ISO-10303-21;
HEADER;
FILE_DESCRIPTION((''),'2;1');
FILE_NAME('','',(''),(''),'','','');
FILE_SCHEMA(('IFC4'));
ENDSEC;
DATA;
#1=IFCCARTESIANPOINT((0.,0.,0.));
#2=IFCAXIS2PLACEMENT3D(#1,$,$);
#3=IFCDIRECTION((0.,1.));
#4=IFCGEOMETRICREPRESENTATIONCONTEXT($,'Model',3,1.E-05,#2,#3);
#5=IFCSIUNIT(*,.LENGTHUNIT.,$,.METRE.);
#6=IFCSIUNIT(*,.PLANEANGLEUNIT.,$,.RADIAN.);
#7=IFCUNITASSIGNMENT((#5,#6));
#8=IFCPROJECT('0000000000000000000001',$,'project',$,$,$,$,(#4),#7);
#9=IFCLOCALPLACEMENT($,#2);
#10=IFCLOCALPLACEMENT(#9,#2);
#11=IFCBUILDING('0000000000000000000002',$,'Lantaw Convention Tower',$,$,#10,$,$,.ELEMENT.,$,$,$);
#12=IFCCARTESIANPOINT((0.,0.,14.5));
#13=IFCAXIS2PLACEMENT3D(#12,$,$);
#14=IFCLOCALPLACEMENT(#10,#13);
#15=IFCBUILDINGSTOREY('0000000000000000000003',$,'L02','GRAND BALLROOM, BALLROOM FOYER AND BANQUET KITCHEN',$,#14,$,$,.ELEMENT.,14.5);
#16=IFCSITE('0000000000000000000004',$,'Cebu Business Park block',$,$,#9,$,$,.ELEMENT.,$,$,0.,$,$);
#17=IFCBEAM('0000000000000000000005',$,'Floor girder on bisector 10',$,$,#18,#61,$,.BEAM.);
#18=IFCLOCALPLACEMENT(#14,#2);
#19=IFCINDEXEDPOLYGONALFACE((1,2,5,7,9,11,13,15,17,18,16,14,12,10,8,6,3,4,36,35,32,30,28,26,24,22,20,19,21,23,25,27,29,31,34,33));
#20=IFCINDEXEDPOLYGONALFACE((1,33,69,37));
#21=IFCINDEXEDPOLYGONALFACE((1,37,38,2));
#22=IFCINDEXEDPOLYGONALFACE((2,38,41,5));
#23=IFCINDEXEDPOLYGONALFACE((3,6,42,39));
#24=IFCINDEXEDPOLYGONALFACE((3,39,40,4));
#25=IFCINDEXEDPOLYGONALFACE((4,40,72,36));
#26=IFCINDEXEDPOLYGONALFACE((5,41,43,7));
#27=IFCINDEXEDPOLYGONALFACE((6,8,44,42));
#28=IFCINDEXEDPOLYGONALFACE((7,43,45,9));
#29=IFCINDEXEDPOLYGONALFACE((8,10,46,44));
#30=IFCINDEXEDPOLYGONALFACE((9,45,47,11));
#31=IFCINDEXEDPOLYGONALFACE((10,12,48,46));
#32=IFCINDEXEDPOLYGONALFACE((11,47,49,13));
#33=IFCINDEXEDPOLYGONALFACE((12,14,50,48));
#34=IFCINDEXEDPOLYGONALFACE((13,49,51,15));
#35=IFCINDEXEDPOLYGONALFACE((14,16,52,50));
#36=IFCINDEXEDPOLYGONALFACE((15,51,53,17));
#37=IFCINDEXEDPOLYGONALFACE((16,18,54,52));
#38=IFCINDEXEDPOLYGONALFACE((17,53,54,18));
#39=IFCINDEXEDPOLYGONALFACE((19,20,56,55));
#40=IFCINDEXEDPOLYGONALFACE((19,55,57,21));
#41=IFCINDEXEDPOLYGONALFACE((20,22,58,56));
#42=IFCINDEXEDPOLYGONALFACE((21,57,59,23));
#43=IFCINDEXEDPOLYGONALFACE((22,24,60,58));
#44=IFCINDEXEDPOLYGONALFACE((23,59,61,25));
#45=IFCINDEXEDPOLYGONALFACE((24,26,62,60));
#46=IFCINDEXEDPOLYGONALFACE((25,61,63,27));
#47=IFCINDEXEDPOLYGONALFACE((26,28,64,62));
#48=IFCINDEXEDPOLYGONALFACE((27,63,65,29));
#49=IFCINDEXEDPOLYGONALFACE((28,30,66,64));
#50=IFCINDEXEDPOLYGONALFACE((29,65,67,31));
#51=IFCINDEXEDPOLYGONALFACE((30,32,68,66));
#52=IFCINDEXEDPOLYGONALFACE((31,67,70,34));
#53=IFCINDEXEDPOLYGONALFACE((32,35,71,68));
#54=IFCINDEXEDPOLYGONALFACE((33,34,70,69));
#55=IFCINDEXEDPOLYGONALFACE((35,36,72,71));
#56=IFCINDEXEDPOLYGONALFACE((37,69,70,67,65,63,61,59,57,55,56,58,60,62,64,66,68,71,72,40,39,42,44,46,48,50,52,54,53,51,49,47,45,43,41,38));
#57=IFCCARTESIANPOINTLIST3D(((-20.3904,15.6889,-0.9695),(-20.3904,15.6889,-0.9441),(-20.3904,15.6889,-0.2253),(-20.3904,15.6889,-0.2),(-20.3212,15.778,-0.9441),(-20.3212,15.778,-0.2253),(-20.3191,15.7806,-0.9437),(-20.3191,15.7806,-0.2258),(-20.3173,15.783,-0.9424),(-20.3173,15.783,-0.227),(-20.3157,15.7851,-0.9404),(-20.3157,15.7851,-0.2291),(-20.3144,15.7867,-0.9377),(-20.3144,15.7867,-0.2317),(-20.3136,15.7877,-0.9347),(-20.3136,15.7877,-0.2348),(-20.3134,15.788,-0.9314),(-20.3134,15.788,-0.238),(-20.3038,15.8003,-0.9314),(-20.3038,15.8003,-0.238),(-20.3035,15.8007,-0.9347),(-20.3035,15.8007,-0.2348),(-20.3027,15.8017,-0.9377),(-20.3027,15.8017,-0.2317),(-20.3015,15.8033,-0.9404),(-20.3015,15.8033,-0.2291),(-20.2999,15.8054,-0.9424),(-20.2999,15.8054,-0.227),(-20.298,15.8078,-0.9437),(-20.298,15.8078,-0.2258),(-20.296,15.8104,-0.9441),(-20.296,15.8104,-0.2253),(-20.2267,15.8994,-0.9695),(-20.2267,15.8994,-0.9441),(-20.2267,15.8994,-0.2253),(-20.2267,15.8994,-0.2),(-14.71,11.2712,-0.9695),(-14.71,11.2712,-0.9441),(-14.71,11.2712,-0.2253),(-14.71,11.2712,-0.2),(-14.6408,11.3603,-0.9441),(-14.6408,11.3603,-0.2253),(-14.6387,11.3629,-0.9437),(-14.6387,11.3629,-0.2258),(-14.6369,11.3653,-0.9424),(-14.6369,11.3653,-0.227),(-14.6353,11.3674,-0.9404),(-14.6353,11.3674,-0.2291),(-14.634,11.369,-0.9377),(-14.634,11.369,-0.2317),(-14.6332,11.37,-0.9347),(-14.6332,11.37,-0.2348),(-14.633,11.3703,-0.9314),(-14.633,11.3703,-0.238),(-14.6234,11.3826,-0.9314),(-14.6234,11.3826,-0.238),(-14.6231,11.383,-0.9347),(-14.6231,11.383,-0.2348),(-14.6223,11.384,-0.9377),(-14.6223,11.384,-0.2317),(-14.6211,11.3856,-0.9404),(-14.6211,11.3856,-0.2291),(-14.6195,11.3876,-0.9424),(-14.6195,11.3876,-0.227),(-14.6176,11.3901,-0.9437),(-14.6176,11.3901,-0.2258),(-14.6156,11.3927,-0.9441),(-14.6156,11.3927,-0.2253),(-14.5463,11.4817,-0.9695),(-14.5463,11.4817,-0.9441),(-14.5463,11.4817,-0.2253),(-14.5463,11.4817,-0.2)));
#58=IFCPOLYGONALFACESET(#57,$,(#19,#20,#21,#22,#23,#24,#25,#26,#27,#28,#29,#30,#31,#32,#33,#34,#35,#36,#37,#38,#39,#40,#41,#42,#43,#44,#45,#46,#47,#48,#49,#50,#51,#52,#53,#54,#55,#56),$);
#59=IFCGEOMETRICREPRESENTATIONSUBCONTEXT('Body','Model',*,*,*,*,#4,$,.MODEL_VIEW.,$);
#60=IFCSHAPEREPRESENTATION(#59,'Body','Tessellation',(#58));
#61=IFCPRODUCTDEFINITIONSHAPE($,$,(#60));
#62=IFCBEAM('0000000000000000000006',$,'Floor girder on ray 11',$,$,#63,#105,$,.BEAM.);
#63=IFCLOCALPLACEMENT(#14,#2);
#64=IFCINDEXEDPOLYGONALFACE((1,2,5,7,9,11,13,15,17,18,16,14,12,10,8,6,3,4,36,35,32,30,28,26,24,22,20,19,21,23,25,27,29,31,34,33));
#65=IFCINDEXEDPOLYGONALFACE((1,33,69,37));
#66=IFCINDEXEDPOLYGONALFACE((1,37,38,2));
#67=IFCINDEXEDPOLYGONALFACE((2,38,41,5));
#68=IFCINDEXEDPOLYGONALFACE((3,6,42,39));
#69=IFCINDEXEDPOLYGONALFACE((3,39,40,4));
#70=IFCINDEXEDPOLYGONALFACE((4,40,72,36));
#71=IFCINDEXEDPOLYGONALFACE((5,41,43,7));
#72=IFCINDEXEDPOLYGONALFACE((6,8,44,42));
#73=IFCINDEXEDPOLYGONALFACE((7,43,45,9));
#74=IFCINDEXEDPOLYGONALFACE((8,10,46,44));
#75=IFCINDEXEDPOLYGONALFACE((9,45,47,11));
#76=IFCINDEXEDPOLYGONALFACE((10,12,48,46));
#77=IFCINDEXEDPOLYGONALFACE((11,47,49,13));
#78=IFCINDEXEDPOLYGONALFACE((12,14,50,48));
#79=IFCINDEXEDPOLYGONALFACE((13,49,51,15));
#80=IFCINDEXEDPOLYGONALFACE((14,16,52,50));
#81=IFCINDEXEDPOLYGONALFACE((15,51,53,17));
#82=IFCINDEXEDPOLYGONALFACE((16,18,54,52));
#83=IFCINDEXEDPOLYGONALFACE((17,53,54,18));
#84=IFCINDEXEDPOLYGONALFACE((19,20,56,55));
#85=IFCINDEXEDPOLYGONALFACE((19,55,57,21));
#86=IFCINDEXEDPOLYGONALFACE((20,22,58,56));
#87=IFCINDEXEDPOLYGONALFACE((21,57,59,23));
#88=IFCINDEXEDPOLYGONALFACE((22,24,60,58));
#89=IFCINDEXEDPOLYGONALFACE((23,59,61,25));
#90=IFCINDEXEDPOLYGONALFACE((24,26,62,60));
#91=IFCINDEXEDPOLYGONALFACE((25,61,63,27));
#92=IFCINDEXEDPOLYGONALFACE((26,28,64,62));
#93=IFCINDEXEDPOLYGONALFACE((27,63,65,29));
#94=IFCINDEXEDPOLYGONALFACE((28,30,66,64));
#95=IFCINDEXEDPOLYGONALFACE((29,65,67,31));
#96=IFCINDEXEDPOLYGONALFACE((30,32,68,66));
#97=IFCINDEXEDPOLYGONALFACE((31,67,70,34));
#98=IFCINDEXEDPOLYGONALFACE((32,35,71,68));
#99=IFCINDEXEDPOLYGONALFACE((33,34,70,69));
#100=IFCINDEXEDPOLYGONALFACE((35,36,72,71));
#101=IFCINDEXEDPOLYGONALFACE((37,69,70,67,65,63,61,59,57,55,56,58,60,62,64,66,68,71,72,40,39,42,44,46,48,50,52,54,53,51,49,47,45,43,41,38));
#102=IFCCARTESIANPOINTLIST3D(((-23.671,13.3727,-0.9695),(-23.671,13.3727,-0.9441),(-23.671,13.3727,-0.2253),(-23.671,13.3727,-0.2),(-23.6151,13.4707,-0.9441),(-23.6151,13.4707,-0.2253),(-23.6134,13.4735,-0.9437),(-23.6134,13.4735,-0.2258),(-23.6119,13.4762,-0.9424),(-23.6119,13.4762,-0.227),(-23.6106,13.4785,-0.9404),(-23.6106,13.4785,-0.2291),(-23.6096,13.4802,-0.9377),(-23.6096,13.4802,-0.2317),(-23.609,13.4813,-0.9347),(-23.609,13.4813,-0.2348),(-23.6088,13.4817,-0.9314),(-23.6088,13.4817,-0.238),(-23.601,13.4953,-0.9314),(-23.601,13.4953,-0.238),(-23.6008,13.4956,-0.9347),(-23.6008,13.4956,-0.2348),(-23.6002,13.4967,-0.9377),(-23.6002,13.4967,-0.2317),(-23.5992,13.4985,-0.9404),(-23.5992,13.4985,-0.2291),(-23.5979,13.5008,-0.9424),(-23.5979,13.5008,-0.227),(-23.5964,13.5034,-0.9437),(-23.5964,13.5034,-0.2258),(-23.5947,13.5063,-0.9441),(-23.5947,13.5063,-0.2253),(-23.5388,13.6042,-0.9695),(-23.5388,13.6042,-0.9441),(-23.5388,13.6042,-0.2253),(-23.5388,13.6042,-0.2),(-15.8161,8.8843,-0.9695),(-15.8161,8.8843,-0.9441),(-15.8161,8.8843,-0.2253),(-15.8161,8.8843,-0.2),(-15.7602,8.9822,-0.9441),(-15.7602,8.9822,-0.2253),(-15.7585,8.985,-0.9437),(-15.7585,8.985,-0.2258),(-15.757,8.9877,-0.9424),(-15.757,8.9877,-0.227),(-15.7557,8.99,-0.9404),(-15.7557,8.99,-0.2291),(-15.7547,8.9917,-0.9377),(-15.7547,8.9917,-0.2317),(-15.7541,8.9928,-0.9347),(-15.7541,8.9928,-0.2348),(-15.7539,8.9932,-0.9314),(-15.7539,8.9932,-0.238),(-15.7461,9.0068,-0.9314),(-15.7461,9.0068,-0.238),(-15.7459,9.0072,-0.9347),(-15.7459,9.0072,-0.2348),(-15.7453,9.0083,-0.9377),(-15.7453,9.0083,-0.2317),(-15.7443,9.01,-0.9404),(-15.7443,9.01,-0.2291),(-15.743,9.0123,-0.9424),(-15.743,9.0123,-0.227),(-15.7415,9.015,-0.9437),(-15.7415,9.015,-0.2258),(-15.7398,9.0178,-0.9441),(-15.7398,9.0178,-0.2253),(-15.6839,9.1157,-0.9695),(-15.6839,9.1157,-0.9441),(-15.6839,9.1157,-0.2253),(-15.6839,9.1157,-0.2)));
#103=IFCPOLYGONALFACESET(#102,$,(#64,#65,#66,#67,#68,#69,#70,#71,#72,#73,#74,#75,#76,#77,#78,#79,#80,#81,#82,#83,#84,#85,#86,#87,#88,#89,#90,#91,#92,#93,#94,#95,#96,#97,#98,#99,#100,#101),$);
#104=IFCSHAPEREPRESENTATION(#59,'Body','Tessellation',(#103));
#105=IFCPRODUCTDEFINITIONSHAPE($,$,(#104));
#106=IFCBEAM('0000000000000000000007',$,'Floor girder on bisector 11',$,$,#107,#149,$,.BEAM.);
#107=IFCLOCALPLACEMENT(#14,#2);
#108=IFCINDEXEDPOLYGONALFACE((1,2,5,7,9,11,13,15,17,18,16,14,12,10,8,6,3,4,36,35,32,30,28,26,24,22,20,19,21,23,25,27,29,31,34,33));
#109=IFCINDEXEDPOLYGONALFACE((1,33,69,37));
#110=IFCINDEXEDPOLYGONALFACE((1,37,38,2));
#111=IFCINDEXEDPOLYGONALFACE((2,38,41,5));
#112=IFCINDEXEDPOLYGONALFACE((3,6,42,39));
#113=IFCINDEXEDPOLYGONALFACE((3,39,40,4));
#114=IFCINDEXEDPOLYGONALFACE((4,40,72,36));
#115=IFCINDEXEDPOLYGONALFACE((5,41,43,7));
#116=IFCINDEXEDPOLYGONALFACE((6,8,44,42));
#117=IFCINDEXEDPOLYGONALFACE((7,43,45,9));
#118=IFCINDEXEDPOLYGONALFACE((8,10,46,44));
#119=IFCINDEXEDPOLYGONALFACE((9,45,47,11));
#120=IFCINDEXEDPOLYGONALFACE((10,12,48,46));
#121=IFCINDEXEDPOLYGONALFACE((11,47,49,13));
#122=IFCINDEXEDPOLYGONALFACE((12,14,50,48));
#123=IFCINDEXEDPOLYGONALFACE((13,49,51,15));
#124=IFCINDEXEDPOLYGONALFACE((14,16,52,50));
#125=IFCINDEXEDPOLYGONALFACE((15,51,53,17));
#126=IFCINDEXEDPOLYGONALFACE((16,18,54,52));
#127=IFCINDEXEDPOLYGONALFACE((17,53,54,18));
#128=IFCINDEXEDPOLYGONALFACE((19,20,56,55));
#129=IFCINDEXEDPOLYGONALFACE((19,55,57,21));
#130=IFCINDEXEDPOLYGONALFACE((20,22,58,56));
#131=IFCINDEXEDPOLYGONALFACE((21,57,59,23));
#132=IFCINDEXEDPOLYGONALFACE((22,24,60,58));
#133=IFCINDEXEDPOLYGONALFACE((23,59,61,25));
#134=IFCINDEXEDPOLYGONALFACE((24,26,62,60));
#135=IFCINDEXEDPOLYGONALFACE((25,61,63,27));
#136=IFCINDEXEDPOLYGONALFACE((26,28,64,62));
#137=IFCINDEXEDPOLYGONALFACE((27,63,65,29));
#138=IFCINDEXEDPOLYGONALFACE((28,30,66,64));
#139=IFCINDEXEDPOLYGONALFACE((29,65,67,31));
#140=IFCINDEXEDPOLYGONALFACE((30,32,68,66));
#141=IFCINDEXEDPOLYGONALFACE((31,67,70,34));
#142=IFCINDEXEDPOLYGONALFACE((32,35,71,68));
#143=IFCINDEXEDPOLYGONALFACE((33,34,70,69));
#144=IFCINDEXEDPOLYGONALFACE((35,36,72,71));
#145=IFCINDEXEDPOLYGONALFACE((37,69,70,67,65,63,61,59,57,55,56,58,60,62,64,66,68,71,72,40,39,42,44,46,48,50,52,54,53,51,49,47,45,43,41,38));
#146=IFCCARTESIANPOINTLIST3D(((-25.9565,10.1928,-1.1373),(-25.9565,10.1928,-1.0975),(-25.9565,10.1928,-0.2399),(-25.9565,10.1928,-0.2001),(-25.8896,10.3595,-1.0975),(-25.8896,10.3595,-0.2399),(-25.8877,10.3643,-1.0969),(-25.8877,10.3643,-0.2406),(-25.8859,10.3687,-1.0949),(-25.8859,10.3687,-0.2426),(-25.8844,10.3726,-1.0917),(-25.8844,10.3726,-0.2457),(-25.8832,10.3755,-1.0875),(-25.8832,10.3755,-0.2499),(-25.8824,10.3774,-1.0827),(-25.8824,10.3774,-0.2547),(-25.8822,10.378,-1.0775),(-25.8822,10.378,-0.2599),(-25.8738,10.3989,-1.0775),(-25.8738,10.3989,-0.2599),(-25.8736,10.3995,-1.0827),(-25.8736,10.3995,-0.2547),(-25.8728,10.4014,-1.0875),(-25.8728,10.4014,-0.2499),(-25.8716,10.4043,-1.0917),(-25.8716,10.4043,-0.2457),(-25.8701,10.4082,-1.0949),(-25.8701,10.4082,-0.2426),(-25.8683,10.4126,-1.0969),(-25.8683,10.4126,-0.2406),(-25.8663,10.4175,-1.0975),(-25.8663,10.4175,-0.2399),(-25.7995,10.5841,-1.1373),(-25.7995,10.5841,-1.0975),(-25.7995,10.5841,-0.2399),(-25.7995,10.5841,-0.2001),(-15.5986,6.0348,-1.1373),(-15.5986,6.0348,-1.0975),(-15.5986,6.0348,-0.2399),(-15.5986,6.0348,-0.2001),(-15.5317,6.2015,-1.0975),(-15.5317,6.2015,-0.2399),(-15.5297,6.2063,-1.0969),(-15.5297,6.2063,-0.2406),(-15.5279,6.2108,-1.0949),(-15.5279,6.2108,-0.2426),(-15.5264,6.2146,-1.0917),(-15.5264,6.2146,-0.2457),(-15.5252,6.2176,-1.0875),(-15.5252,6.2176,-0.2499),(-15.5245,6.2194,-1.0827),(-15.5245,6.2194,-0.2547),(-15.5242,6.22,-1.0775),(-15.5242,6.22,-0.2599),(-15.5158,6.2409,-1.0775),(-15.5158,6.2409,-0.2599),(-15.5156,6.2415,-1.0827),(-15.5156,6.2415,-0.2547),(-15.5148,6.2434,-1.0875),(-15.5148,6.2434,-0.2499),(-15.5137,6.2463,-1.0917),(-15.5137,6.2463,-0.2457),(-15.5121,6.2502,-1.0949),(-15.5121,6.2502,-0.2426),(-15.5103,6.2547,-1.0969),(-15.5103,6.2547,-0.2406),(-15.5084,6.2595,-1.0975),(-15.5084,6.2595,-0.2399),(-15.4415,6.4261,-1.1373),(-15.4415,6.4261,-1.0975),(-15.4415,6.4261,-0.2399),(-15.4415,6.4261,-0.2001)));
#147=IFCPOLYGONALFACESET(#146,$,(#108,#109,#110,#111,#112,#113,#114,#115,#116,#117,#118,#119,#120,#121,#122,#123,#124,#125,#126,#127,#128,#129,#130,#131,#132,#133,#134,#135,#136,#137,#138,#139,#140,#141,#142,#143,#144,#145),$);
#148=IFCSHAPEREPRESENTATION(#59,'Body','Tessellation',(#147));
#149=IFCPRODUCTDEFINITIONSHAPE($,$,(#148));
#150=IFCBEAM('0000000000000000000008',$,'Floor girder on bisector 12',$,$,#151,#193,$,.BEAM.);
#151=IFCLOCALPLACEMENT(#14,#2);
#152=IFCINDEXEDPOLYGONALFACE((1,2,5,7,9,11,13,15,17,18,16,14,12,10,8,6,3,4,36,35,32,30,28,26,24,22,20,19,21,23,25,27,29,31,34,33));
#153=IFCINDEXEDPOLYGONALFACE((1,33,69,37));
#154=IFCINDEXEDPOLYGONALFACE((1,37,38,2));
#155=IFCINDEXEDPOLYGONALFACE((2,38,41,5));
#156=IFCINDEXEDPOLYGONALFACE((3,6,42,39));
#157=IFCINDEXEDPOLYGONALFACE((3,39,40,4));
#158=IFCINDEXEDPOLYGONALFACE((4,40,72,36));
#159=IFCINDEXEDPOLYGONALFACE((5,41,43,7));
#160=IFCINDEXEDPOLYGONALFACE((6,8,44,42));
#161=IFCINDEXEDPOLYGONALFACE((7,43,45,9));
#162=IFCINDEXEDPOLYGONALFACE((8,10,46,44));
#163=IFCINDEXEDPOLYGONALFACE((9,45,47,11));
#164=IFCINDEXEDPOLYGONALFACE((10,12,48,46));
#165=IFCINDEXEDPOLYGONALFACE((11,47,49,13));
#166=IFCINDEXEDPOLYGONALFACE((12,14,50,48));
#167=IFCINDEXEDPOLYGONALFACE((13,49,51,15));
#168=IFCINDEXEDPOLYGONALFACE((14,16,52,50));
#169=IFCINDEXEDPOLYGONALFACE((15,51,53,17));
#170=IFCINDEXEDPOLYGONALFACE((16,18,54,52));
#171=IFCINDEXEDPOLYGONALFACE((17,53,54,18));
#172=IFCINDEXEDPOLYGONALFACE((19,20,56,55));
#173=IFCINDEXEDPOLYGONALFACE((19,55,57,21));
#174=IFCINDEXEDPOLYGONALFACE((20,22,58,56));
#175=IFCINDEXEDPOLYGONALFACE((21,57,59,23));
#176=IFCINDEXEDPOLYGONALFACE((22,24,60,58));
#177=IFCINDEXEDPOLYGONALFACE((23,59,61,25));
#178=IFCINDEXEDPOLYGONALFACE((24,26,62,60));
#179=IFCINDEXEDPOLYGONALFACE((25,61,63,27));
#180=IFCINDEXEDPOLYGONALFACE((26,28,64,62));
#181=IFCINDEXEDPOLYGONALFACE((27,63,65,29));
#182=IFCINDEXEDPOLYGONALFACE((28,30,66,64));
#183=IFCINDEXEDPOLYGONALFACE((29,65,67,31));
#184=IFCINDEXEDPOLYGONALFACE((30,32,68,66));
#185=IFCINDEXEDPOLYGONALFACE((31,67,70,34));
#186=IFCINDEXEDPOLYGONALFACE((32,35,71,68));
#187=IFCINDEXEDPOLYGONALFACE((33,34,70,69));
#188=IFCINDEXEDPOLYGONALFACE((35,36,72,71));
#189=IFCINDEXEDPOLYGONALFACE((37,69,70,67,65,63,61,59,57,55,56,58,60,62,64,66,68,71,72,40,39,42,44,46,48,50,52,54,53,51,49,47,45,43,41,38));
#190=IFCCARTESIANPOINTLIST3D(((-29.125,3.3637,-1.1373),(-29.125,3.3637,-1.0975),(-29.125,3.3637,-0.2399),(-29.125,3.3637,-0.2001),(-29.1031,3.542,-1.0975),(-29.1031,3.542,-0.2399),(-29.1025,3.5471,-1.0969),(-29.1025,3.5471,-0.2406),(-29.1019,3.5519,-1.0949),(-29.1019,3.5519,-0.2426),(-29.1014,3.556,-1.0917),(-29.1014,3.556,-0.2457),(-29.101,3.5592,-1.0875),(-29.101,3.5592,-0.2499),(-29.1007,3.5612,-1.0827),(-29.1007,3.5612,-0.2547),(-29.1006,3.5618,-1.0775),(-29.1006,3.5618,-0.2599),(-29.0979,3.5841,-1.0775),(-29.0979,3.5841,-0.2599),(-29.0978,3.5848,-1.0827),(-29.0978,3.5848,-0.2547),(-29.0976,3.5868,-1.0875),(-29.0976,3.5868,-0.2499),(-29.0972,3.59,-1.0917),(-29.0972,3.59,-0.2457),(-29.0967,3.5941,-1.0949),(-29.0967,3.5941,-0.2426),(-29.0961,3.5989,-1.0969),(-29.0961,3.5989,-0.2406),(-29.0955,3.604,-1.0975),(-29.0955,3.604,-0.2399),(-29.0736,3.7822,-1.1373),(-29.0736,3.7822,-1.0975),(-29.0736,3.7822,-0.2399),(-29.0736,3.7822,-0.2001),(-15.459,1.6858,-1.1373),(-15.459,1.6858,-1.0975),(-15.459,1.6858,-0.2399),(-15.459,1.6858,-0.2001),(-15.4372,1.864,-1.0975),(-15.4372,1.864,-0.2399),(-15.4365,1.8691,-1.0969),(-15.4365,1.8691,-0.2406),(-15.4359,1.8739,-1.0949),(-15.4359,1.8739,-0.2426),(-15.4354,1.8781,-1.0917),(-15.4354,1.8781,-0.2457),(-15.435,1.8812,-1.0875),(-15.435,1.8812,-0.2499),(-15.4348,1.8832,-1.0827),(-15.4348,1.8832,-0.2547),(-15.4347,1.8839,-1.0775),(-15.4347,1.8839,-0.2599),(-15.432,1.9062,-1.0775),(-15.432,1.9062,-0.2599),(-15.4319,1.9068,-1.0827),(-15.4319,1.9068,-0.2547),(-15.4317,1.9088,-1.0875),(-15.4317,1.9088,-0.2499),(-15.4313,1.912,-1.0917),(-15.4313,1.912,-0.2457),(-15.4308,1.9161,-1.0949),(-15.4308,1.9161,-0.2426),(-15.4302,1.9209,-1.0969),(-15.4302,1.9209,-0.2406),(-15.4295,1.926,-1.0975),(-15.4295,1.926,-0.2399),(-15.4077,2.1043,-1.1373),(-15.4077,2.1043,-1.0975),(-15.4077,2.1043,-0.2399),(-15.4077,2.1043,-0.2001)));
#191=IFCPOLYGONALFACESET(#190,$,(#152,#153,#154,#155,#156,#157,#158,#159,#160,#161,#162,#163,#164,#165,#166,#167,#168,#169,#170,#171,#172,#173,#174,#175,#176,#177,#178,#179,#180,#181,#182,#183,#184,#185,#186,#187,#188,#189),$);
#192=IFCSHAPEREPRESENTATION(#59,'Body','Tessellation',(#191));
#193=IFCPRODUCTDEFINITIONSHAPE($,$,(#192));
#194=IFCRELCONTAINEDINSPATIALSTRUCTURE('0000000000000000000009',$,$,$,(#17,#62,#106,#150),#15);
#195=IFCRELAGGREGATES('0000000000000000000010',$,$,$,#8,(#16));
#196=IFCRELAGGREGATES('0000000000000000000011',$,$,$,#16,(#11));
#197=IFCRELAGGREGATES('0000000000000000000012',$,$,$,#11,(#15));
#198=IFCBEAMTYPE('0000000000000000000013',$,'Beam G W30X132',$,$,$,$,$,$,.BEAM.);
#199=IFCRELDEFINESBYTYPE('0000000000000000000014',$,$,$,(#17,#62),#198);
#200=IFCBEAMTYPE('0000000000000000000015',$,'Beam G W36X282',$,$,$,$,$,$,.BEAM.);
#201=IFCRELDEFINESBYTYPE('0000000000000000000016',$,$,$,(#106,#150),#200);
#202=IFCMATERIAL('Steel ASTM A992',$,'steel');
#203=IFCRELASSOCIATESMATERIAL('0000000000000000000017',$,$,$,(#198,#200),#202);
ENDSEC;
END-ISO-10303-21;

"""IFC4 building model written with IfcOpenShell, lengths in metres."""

from ifc_helpers import new_model, si_unit, direction, frame, origin, origin_2d, place, context, subcontext, project, spatial, i_section, extrude, material, material_profile, profile_set, type_object, element, save


model = new_model("IFC4")

# Units and contexts
model_context = context("Model", 3, precision=1e-05, world=origin(), true_north=direction((0.0, 1.0)))
body_context = subcontext(model_context, "Body", "Model", "MODEL_VIEW")
ifc_project = project(units=[si_unit("LENGTHUNIT", "METRE"), si_unit("PLANEANGLEUNIT", "RADIAN")], contexts=[model_context])

# Site, building, storey
site_placement = place(None, origin())
site = spatial("IfcSite", under=ifc_project, at=site_placement, Name="Cebu Business Park block", CompositionType="ELEMENT", RefElevation=0.0)
building_placement = place(site_placement, origin())
building = spatial("IfcBuilding", under=site, at=building_placement, Name="Lantaw Convention Tower", CompositionType="ELEMENT")
storey_placement = place(building_placement, frame((0.0, 0.0, 14.5)))
storey = spatial("IfcBuildingStorey", under=building, at=storey_placement, Name="L02", Description="GRAND BALLROOM, BALLROOM FOYER AND BANQUET KITCHEN", CompositionType="ELEMENT", Elevation=14.5)

# Beams
ifc_material_1 = material(Name="Steel ASTM A992", Category="steel")
ifc_material_profile_1 = material_profile(ifc_material_1, i_section(OverallWidth=0.2666, OverallDepth=0.7695, WebThickness=0.0156, FlangeThickness=0.0254, FilletRadius=0.0127, at=origin_2d()), Name="W30X132")
ifc_profile_set_1 = profile_set([ifc_material_profile_1], Name="Steel ASTM A992")
beam_type_1 = type_object("IfcBeamType", Name="Beam G W30X132", PredefinedType="BEAM", material=ifc_profile_set_1)
beam_1_placement = place(storey_placement, frame((-14.6282, 11.3765, -0.5847), z_axis=(-0.789378, 0.613908, 0.0), x_axis=(-0.613908, -0.789378, 0.0)))
element("IfcBeam", 1, at=beam_1_placement, inside=storey, type_object=beam_type_1, Name="Floor girder on bisector 10", PredefinedType="BEAM", context=body_context, shape_type="SweptSolid", body=[
    extrude(i_section(OverallWidth=0.2666, OverallDepth=0.7695, WebThickness=0.0156, FlangeThickness=0.0254, FilletRadius=0.0127, at=origin_2d()), origin(), (0.0, 0.0, 1.0), 7.196),
])
beam_2_placement = place(storey_placement, frame((-15.75, 9.0, -0.5847), z_axis=(-0.868245, 0.496136, 0.0), x_axis=(-0.496136, -0.868245, 0.0)))
element("IfcBeam", 2, at=beam_2_placement, inside=storey, type_object=beam_type_1, Name="Floor girder on ray 11", PredefinedType="BEAM", context=body_context, shape_type="SweptSolid", body=[
    extrude(i_section(OverallWidth=0.2666, OverallDepth=0.7695, WebThickness=0.0156, FlangeThickness=0.0254, FilletRadius=0.0127, at=origin_2d()), origin(), (0.0, 0.0, 1.0), 9.0469),
])
ifc_material_profile_2 = material_profile(ifc_material_1, i_section(OverallWidth=0.4216, OverallDepth=0.9373, WebThickness=0.0225, FlangeThickness=0.0398, FilletRadius=0.02, at=origin_2d()), Name="W36X282")
ifc_profile_set_2 = profile_set([ifc_material_profile_2], Name="Steel ASTM A992")
beam_type_2 = type_object("IfcBeamType", Name="Beam G W36X282", PredefinedType="BEAM", material=ifc_profile_set_2)
beam_3_placement = place(storey_placement, frame((-15.52, 6.2305, -0.6687), z_axis=(-0.928019, 0.372533, 0.0), x_axis=(-0.372533, -0.928019, 0.0)))
element("IfcBeam", 3, at=beam_3_placement, inside=storey, type_object=beam_type_2, Name="Floor girder on bisector 11", PredefinedType="BEAM", context=body_context, shape_type="SweptSolid", body=[
    extrude(i_section(OverallWidth=0.4216, OverallDepth=0.9373, WebThickness=0.0225, FlangeThickness=0.0398, FilletRadius=0.02, at=origin_2d()), origin(), (0.0, 0.0, 1.0), 11.1614),
])
beam_4_placement = place(storey_placement, frame((-15.4333, 1.895, -0.6687), z_axis=(-0.992546, 0.12187, 0.0), x_axis=(-0.12187, -0.992546, 0.0)))
element("IfcBeam", 4, at=beam_4_placement, inside=storey, type_object=beam_type_2, Name="Floor girder on bisector 12", PredefinedType="BEAM", context=body_context, shape_type="SweptSolid", body=[
    extrude(i_section(OverallWidth=0.4216, OverallDepth=0.9373, WebThickness=0.0225, FlangeThickness=0.0398, FilletRadius=0.02, at=origin_2d()), origin(), (0.0, 0.0, 1.0), 13.7686),
])

save(model, "model.ifc")
